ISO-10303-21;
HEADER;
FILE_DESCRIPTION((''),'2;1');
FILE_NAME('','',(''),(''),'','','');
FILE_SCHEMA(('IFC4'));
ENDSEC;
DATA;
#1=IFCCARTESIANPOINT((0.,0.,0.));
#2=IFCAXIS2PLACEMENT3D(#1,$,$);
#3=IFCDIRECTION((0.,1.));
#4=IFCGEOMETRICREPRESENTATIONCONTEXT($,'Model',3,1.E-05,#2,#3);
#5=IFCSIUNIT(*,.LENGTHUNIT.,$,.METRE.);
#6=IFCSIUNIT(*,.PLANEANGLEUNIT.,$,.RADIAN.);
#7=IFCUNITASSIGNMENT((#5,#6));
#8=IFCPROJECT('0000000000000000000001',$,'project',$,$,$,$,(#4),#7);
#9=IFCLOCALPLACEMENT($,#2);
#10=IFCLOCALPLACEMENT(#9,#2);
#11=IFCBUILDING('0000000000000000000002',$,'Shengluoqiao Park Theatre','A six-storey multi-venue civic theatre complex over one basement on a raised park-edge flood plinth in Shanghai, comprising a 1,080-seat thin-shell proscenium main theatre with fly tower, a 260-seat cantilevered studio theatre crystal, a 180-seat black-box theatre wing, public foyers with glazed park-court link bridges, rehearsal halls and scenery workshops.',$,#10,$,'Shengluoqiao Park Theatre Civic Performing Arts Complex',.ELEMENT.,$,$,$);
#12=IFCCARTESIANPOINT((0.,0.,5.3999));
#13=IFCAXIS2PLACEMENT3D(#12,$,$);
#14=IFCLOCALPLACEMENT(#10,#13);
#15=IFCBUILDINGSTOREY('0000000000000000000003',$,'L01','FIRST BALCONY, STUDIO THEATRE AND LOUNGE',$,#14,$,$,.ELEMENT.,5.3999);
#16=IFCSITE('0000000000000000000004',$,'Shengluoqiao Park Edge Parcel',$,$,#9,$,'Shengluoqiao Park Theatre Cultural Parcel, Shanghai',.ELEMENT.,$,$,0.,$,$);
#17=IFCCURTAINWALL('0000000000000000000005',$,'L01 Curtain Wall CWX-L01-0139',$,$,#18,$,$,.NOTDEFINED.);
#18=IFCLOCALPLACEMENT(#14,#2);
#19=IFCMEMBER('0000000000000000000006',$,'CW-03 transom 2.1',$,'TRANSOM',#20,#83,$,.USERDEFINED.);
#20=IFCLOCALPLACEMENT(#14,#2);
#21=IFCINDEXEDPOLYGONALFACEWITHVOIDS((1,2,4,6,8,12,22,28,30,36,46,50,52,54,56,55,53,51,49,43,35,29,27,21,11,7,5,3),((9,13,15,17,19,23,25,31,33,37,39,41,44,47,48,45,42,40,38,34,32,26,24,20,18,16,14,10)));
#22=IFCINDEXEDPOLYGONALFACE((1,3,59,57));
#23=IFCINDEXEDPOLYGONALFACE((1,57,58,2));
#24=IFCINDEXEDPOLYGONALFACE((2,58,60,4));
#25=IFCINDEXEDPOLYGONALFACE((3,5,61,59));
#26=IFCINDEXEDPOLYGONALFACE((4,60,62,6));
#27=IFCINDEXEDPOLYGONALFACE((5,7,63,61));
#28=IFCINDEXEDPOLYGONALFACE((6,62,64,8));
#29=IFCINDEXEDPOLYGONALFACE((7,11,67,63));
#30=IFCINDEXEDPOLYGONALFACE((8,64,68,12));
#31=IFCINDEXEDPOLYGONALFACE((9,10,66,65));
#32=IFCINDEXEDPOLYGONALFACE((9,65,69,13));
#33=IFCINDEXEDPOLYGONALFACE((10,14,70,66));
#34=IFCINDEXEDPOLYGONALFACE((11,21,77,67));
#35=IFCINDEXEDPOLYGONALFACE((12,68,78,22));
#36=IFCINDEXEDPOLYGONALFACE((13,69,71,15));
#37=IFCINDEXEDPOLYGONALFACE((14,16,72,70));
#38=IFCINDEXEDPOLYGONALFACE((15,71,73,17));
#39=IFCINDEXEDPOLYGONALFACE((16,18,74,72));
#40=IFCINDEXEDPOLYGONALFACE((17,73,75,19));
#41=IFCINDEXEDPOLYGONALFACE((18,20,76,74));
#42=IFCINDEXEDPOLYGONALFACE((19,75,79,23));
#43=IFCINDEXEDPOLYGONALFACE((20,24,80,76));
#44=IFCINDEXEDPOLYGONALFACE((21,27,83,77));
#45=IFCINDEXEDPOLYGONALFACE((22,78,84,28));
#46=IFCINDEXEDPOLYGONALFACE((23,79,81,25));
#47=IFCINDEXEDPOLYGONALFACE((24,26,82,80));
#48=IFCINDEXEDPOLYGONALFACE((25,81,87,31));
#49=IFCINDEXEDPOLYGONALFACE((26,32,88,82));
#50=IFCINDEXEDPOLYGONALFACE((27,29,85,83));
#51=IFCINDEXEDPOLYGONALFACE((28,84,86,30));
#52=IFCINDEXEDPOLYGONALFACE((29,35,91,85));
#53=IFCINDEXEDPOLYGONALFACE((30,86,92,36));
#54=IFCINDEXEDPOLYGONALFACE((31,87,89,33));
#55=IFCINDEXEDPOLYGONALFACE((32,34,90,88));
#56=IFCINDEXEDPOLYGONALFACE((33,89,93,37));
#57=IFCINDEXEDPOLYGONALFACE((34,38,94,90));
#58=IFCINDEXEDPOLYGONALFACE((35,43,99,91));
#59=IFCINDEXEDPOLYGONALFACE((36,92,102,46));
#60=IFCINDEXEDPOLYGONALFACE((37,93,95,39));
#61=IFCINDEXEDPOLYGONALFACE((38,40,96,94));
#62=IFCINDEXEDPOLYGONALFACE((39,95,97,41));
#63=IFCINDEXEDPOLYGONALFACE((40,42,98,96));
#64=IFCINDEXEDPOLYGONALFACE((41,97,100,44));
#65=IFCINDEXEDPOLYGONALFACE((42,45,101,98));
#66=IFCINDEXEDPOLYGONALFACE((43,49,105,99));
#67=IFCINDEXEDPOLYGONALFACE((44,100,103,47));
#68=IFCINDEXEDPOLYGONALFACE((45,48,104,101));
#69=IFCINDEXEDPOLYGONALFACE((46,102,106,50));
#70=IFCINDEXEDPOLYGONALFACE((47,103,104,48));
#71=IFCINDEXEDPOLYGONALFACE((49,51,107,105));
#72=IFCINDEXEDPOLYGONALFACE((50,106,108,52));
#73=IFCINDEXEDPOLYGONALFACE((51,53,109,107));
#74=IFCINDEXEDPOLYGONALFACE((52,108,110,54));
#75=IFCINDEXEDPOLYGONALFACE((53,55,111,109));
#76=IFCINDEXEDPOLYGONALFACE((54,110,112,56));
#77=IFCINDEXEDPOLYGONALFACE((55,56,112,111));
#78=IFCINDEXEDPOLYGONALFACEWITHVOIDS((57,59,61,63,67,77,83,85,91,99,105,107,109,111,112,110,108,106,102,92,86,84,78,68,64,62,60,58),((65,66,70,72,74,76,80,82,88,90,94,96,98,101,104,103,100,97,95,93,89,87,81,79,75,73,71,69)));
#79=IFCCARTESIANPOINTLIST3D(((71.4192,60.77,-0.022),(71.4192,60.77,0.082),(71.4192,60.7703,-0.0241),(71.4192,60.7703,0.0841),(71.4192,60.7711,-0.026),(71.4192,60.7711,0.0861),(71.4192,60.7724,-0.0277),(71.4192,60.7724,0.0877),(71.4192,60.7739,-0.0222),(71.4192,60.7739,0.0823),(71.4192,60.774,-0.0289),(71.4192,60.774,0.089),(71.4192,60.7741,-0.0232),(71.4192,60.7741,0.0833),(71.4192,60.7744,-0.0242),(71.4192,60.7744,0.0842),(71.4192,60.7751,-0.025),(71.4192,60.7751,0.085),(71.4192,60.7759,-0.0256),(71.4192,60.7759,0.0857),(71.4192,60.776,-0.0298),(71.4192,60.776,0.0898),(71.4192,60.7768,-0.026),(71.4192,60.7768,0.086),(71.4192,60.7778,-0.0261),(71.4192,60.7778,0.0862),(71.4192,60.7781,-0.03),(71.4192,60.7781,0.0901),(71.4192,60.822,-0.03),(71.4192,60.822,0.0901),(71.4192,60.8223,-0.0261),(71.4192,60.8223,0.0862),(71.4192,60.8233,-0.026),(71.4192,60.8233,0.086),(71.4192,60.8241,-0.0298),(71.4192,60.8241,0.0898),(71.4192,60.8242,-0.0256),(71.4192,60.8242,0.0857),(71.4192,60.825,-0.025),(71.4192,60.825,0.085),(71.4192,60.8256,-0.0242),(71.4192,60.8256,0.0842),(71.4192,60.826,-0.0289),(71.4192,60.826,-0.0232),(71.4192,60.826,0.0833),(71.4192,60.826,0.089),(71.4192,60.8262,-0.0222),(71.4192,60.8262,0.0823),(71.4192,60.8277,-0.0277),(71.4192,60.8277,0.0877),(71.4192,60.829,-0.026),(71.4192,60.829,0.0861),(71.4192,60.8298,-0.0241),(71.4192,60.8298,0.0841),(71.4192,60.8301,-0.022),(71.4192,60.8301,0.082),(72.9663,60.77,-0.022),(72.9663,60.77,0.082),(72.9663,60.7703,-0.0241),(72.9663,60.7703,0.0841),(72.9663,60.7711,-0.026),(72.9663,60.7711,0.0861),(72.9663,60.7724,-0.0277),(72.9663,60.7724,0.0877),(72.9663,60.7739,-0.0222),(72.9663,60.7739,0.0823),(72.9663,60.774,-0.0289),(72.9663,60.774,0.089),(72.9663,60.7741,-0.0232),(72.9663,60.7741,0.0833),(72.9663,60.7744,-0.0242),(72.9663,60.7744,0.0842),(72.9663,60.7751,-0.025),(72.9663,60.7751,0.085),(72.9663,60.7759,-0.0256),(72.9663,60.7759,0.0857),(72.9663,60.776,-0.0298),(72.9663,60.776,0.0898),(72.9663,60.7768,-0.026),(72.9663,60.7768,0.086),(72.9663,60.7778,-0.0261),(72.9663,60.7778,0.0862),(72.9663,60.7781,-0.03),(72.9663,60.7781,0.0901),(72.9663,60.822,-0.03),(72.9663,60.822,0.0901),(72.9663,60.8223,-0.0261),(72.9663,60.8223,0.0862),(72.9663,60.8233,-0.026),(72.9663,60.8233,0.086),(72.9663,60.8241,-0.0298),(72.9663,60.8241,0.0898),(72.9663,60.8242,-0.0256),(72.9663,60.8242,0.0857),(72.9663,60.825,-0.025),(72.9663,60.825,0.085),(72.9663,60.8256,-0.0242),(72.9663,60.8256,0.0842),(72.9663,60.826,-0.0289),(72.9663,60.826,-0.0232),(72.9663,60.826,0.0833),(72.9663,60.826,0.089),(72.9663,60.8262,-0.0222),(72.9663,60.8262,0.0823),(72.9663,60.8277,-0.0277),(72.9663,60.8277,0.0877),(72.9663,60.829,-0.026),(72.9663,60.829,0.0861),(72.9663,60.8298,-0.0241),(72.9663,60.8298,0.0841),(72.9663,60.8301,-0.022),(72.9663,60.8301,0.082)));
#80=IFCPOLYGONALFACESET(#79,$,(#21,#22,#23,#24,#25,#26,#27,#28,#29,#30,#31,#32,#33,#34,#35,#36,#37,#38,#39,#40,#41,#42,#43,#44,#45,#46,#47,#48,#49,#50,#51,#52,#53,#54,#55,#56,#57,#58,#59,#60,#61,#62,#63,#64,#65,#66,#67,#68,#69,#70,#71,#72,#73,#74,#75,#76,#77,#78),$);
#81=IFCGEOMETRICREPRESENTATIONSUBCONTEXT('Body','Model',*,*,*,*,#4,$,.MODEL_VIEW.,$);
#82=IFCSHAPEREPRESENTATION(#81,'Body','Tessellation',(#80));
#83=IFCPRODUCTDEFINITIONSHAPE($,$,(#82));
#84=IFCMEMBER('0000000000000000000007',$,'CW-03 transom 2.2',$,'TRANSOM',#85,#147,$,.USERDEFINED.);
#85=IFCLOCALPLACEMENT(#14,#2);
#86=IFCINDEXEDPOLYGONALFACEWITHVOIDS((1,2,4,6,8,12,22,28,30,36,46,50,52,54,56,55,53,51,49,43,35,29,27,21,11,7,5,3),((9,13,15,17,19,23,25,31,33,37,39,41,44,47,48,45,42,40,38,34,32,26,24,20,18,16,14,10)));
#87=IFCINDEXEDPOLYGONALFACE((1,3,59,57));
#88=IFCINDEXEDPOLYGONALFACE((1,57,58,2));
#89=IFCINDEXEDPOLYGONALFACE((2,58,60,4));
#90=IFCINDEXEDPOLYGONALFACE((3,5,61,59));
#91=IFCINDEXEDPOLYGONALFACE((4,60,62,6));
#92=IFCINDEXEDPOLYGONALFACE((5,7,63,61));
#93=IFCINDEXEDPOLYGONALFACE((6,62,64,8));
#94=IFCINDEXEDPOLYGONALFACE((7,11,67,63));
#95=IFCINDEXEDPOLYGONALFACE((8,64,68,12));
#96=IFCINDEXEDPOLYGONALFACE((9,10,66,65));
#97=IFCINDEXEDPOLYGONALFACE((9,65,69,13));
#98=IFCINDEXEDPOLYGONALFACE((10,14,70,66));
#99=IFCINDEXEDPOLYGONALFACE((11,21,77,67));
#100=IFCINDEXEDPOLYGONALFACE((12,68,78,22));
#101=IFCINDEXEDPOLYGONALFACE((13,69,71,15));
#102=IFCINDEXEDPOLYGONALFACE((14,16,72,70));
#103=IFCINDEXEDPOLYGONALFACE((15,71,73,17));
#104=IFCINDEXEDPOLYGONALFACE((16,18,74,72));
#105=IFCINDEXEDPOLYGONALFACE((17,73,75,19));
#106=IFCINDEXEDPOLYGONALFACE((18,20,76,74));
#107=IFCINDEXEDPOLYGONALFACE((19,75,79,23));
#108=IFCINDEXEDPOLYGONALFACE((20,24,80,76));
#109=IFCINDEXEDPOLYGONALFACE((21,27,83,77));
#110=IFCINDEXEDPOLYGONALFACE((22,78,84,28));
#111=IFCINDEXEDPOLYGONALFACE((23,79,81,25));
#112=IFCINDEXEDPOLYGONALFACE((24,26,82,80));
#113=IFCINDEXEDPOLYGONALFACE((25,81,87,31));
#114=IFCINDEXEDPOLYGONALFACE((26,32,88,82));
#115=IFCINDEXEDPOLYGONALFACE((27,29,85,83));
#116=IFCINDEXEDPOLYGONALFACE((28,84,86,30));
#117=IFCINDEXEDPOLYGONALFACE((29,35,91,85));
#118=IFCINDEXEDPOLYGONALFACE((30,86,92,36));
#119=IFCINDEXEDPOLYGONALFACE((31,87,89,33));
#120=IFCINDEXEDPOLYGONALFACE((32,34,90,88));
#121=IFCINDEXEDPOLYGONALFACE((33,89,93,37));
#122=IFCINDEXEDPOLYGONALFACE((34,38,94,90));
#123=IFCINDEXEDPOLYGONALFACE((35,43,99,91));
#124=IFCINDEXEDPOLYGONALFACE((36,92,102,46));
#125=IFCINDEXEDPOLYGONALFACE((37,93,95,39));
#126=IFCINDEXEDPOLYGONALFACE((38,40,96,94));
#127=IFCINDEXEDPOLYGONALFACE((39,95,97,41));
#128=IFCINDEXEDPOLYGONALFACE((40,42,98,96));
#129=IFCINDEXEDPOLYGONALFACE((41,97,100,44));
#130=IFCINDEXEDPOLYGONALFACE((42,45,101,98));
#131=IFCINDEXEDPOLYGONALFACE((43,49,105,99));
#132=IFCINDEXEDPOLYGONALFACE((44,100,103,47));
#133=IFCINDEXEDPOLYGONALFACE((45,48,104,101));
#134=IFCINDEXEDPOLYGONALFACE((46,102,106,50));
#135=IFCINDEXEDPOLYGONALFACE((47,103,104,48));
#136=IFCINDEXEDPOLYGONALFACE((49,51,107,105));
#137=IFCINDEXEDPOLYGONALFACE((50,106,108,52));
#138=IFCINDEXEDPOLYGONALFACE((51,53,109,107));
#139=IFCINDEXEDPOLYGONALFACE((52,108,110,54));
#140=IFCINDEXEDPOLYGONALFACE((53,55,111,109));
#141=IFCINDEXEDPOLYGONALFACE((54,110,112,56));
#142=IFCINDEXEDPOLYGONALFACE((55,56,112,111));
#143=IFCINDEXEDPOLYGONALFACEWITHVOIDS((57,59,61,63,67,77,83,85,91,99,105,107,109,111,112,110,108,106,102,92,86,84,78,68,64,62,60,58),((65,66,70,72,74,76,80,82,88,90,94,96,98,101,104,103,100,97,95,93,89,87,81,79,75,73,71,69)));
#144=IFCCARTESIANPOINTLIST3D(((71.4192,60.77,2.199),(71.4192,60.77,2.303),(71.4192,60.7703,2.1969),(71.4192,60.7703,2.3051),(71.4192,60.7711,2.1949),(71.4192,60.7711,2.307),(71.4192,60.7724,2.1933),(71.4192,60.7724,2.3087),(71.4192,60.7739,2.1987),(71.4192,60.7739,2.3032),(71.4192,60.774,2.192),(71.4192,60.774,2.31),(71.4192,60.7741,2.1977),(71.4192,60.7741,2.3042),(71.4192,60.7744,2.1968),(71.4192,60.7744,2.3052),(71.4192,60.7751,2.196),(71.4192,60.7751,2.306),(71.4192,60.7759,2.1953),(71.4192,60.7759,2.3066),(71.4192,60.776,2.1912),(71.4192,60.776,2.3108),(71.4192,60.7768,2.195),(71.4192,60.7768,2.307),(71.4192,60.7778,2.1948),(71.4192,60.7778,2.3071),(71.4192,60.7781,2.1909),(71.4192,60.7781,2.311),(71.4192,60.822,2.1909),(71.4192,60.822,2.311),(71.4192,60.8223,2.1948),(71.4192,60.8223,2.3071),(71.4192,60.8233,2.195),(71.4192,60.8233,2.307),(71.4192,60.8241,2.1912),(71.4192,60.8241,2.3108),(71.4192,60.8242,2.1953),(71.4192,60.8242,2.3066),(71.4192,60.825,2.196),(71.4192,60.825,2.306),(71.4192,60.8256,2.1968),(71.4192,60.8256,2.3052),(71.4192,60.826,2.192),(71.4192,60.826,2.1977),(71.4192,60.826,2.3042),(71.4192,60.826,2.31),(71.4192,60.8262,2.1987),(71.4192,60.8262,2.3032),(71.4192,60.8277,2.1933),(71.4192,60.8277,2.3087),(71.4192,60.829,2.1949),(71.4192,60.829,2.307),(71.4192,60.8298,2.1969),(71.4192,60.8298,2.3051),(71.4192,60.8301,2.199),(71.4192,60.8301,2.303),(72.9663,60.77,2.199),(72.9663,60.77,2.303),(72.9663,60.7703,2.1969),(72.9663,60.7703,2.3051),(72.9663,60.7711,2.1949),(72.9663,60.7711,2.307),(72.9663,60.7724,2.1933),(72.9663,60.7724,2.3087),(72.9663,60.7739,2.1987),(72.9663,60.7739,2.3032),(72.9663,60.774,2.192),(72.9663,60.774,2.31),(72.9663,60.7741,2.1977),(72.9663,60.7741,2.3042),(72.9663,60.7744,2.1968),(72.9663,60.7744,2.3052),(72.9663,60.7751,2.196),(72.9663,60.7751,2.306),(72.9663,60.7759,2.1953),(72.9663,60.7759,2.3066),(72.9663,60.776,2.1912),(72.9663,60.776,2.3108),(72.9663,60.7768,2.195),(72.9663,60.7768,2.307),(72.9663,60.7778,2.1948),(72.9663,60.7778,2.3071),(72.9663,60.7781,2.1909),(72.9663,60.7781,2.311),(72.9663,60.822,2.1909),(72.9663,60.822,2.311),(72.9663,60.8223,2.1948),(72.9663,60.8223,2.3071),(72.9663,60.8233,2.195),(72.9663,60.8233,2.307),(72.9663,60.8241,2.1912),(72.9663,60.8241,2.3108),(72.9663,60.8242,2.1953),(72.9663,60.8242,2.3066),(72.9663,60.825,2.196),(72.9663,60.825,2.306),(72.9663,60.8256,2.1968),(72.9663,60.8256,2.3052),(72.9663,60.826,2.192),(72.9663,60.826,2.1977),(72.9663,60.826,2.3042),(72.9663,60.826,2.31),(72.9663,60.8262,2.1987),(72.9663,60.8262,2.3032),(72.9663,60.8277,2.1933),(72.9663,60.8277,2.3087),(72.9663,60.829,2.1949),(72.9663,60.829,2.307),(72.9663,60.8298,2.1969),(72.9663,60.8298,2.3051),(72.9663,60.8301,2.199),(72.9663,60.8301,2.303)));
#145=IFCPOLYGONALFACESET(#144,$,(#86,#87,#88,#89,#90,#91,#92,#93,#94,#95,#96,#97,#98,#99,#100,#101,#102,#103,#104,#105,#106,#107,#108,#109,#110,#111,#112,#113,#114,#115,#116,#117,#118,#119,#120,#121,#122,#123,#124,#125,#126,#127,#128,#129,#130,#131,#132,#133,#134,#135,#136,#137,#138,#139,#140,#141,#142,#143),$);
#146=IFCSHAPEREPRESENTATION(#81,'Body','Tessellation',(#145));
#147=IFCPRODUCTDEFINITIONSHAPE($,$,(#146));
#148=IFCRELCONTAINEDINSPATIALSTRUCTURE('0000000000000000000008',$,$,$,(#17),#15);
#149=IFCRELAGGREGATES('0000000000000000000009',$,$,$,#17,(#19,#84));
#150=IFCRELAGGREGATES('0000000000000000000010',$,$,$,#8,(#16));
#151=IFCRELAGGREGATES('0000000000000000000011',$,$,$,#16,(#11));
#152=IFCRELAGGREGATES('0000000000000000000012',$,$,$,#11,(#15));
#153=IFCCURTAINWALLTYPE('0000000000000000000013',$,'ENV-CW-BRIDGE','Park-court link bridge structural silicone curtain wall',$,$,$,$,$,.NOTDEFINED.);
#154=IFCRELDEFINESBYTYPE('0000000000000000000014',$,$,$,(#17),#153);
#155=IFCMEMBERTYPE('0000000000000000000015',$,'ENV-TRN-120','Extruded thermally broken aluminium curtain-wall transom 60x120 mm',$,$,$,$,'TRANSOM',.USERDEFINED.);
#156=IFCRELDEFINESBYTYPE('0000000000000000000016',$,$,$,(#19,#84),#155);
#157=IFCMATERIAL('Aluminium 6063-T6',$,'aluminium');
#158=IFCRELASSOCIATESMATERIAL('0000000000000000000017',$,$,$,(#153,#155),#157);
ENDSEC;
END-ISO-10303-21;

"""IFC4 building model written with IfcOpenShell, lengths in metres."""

from ifc_helpers import new_model, si_unit, direction, frame, origin, origin_2d, place, context, subcontext, project, spatial, hollow_rectangle, extrude, material, material_profile, profile_set, type_object, element, aggregate, save


model = new_model("IFC4")

# Units and contexts
model_context = context("Model", 3, precision=1e-05, world=origin(), true_north=direction((0.0, 1.0)))
body_context = subcontext(model_context, "Body", "Model", "MODEL_VIEW")
ifc_project = project(units=[si_unit("LENGTHUNIT", "METRE"), si_unit("PLANEANGLEUNIT", "RADIAN")], contexts=[model_context])

# Site, building, storey
site_placement = place(None, origin())
site = spatial("IfcSite", under=ifc_project, at=site_placement, Name="Shengluoqiao Park Edge Parcel", LongName="Shengluoqiao Park Theatre Cultural Parcel, Shanghai", CompositionType="ELEMENT", RefElevation=0.0)
building_placement = place(site_placement, origin())
building = spatial("IfcBuilding", under=site, at=building_placement, Name="Shengluoqiao Park Theatre", Description="A six-storey multi-venue civic theatre complex over one basement on a raised park-edge flood plinth in Shanghai, comprising a 1,080-seat thin-shell proscenium main theatre with fly tower, a 260-seat cantilevered studio theatre crystal, a 180-seat black-box theatre wing, public foyers with glazed park-court link bridges, rehearsal halls and scenery workshops.", LongName="Shengluoqiao Park Theatre Civic Performing Arts Complex", CompositionType="ELEMENT")
storey_placement = place(building_placement, frame((0.0, 0.0, 5.3999)))
storey = spatial("IfcBuildingStorey", under=building, at=storey_placement, Name="L01", Description="FIRST BALCONY, STUDIO THEATRE AND LOUNGE", CompositionType="ELEMENT", Elevation=5.3999)

# Shared definitions
ifc_material_1 = material(Name="Aluminium 6063-T6", Category="aluminium")
curtain_wall_type_1 = type_object("IfcCurtainWallType", Name="ENV-CW-BRIDGE", Description="Park-court link bridge structural silicone curtain wall", PredefinedType="NOTDEFINED", material=ifc_material_1)

# Curtain wall
curtain_wall_1_placement = place(storey_placement, origin())
curtain_wall_1 = element("IfcCurtainWall", 1, at=curtain_wall_1_placement, inside=storey, type_object=curtain_wall_type_1, Name="L01 Curtain Wall CWX-L01-0139", PredefinedType="NOTDEFINED")

# Members
ifc_material_profile_1 = material_profile(ifc_material_1, hollow_rectangle(XDim=0.0601, YDim=0.1201, WallThickness=0.0039, InnerFilletRadius=0.0039, OuterFilletRadius=0.0081, at=origin_2d()), Name="ALU TRANSOM 120x60x4")
ifc_profile_set_1 = profile_set([ifc_material_profile_1], Name="Aluminium 6063-T6")
member_type_1 = type_object("IfcMemberType", Name="ENV-TRN-120", Description="Extruded thermally broken aluminium curtain-wall transom 60x120 mm", ElementType="TRANSOM", PredefinedType="USERDEFINED", material=ifc_profile_set_1)
member_1_placement = place(storey_placement, frame((71.4192, 60.8, 0.03), z_axis=(1.0, 0.0, 0.0), x_axis=(0.0, 1.0, 0.0)))
member_1 = element("IfcMember", 2, at=member_1_placement, type_object=member_type_1, Name="CW-03 transom 2.1", ObjectType="TRANSOM", PredefinedType="USERDEFINED", context=body_context, shape_type="SweptSolid", body=[
    extrude(hollow_rectangle(XDim=0.0601, YDim=0.1201, WallThickness=0.0039, InnerFilletRadius=0.0039, OuterFilletRadius=0.0081, at=origin_2d()), origin(), (0.0, 0.0, 1.0), 1.5471),
])
member_2_placement = place(storey_placement, frame((71.4192, 60.8, 2.251), z_axis=(1.0, 0.0, 0.0), x_axis=(0.0, 1.0, 0.0)))
member_2 = element("IfcMember", 3, at=member_2_placement, type_object=member_type_1, Name="CW-03 transom 2.2", ObjectType="TRANSOM", PredefinedType="USERDEFINED", context=body_context, shape_type="SweptSolid", body=[
    extrude(hollow_rectangle(XDim=0.0601, YDim=0.1201, WallThickness=0.0039, InnerFilletRadius=0.0039, OuterFilletRadius=0.0081, at=origin_2d()), origin(), (0.0, 0.0, 1.0), 1.5471),
])

aggregate(curtain_wall_1, [member_1, member_2])

save(model, "model.ifc")
